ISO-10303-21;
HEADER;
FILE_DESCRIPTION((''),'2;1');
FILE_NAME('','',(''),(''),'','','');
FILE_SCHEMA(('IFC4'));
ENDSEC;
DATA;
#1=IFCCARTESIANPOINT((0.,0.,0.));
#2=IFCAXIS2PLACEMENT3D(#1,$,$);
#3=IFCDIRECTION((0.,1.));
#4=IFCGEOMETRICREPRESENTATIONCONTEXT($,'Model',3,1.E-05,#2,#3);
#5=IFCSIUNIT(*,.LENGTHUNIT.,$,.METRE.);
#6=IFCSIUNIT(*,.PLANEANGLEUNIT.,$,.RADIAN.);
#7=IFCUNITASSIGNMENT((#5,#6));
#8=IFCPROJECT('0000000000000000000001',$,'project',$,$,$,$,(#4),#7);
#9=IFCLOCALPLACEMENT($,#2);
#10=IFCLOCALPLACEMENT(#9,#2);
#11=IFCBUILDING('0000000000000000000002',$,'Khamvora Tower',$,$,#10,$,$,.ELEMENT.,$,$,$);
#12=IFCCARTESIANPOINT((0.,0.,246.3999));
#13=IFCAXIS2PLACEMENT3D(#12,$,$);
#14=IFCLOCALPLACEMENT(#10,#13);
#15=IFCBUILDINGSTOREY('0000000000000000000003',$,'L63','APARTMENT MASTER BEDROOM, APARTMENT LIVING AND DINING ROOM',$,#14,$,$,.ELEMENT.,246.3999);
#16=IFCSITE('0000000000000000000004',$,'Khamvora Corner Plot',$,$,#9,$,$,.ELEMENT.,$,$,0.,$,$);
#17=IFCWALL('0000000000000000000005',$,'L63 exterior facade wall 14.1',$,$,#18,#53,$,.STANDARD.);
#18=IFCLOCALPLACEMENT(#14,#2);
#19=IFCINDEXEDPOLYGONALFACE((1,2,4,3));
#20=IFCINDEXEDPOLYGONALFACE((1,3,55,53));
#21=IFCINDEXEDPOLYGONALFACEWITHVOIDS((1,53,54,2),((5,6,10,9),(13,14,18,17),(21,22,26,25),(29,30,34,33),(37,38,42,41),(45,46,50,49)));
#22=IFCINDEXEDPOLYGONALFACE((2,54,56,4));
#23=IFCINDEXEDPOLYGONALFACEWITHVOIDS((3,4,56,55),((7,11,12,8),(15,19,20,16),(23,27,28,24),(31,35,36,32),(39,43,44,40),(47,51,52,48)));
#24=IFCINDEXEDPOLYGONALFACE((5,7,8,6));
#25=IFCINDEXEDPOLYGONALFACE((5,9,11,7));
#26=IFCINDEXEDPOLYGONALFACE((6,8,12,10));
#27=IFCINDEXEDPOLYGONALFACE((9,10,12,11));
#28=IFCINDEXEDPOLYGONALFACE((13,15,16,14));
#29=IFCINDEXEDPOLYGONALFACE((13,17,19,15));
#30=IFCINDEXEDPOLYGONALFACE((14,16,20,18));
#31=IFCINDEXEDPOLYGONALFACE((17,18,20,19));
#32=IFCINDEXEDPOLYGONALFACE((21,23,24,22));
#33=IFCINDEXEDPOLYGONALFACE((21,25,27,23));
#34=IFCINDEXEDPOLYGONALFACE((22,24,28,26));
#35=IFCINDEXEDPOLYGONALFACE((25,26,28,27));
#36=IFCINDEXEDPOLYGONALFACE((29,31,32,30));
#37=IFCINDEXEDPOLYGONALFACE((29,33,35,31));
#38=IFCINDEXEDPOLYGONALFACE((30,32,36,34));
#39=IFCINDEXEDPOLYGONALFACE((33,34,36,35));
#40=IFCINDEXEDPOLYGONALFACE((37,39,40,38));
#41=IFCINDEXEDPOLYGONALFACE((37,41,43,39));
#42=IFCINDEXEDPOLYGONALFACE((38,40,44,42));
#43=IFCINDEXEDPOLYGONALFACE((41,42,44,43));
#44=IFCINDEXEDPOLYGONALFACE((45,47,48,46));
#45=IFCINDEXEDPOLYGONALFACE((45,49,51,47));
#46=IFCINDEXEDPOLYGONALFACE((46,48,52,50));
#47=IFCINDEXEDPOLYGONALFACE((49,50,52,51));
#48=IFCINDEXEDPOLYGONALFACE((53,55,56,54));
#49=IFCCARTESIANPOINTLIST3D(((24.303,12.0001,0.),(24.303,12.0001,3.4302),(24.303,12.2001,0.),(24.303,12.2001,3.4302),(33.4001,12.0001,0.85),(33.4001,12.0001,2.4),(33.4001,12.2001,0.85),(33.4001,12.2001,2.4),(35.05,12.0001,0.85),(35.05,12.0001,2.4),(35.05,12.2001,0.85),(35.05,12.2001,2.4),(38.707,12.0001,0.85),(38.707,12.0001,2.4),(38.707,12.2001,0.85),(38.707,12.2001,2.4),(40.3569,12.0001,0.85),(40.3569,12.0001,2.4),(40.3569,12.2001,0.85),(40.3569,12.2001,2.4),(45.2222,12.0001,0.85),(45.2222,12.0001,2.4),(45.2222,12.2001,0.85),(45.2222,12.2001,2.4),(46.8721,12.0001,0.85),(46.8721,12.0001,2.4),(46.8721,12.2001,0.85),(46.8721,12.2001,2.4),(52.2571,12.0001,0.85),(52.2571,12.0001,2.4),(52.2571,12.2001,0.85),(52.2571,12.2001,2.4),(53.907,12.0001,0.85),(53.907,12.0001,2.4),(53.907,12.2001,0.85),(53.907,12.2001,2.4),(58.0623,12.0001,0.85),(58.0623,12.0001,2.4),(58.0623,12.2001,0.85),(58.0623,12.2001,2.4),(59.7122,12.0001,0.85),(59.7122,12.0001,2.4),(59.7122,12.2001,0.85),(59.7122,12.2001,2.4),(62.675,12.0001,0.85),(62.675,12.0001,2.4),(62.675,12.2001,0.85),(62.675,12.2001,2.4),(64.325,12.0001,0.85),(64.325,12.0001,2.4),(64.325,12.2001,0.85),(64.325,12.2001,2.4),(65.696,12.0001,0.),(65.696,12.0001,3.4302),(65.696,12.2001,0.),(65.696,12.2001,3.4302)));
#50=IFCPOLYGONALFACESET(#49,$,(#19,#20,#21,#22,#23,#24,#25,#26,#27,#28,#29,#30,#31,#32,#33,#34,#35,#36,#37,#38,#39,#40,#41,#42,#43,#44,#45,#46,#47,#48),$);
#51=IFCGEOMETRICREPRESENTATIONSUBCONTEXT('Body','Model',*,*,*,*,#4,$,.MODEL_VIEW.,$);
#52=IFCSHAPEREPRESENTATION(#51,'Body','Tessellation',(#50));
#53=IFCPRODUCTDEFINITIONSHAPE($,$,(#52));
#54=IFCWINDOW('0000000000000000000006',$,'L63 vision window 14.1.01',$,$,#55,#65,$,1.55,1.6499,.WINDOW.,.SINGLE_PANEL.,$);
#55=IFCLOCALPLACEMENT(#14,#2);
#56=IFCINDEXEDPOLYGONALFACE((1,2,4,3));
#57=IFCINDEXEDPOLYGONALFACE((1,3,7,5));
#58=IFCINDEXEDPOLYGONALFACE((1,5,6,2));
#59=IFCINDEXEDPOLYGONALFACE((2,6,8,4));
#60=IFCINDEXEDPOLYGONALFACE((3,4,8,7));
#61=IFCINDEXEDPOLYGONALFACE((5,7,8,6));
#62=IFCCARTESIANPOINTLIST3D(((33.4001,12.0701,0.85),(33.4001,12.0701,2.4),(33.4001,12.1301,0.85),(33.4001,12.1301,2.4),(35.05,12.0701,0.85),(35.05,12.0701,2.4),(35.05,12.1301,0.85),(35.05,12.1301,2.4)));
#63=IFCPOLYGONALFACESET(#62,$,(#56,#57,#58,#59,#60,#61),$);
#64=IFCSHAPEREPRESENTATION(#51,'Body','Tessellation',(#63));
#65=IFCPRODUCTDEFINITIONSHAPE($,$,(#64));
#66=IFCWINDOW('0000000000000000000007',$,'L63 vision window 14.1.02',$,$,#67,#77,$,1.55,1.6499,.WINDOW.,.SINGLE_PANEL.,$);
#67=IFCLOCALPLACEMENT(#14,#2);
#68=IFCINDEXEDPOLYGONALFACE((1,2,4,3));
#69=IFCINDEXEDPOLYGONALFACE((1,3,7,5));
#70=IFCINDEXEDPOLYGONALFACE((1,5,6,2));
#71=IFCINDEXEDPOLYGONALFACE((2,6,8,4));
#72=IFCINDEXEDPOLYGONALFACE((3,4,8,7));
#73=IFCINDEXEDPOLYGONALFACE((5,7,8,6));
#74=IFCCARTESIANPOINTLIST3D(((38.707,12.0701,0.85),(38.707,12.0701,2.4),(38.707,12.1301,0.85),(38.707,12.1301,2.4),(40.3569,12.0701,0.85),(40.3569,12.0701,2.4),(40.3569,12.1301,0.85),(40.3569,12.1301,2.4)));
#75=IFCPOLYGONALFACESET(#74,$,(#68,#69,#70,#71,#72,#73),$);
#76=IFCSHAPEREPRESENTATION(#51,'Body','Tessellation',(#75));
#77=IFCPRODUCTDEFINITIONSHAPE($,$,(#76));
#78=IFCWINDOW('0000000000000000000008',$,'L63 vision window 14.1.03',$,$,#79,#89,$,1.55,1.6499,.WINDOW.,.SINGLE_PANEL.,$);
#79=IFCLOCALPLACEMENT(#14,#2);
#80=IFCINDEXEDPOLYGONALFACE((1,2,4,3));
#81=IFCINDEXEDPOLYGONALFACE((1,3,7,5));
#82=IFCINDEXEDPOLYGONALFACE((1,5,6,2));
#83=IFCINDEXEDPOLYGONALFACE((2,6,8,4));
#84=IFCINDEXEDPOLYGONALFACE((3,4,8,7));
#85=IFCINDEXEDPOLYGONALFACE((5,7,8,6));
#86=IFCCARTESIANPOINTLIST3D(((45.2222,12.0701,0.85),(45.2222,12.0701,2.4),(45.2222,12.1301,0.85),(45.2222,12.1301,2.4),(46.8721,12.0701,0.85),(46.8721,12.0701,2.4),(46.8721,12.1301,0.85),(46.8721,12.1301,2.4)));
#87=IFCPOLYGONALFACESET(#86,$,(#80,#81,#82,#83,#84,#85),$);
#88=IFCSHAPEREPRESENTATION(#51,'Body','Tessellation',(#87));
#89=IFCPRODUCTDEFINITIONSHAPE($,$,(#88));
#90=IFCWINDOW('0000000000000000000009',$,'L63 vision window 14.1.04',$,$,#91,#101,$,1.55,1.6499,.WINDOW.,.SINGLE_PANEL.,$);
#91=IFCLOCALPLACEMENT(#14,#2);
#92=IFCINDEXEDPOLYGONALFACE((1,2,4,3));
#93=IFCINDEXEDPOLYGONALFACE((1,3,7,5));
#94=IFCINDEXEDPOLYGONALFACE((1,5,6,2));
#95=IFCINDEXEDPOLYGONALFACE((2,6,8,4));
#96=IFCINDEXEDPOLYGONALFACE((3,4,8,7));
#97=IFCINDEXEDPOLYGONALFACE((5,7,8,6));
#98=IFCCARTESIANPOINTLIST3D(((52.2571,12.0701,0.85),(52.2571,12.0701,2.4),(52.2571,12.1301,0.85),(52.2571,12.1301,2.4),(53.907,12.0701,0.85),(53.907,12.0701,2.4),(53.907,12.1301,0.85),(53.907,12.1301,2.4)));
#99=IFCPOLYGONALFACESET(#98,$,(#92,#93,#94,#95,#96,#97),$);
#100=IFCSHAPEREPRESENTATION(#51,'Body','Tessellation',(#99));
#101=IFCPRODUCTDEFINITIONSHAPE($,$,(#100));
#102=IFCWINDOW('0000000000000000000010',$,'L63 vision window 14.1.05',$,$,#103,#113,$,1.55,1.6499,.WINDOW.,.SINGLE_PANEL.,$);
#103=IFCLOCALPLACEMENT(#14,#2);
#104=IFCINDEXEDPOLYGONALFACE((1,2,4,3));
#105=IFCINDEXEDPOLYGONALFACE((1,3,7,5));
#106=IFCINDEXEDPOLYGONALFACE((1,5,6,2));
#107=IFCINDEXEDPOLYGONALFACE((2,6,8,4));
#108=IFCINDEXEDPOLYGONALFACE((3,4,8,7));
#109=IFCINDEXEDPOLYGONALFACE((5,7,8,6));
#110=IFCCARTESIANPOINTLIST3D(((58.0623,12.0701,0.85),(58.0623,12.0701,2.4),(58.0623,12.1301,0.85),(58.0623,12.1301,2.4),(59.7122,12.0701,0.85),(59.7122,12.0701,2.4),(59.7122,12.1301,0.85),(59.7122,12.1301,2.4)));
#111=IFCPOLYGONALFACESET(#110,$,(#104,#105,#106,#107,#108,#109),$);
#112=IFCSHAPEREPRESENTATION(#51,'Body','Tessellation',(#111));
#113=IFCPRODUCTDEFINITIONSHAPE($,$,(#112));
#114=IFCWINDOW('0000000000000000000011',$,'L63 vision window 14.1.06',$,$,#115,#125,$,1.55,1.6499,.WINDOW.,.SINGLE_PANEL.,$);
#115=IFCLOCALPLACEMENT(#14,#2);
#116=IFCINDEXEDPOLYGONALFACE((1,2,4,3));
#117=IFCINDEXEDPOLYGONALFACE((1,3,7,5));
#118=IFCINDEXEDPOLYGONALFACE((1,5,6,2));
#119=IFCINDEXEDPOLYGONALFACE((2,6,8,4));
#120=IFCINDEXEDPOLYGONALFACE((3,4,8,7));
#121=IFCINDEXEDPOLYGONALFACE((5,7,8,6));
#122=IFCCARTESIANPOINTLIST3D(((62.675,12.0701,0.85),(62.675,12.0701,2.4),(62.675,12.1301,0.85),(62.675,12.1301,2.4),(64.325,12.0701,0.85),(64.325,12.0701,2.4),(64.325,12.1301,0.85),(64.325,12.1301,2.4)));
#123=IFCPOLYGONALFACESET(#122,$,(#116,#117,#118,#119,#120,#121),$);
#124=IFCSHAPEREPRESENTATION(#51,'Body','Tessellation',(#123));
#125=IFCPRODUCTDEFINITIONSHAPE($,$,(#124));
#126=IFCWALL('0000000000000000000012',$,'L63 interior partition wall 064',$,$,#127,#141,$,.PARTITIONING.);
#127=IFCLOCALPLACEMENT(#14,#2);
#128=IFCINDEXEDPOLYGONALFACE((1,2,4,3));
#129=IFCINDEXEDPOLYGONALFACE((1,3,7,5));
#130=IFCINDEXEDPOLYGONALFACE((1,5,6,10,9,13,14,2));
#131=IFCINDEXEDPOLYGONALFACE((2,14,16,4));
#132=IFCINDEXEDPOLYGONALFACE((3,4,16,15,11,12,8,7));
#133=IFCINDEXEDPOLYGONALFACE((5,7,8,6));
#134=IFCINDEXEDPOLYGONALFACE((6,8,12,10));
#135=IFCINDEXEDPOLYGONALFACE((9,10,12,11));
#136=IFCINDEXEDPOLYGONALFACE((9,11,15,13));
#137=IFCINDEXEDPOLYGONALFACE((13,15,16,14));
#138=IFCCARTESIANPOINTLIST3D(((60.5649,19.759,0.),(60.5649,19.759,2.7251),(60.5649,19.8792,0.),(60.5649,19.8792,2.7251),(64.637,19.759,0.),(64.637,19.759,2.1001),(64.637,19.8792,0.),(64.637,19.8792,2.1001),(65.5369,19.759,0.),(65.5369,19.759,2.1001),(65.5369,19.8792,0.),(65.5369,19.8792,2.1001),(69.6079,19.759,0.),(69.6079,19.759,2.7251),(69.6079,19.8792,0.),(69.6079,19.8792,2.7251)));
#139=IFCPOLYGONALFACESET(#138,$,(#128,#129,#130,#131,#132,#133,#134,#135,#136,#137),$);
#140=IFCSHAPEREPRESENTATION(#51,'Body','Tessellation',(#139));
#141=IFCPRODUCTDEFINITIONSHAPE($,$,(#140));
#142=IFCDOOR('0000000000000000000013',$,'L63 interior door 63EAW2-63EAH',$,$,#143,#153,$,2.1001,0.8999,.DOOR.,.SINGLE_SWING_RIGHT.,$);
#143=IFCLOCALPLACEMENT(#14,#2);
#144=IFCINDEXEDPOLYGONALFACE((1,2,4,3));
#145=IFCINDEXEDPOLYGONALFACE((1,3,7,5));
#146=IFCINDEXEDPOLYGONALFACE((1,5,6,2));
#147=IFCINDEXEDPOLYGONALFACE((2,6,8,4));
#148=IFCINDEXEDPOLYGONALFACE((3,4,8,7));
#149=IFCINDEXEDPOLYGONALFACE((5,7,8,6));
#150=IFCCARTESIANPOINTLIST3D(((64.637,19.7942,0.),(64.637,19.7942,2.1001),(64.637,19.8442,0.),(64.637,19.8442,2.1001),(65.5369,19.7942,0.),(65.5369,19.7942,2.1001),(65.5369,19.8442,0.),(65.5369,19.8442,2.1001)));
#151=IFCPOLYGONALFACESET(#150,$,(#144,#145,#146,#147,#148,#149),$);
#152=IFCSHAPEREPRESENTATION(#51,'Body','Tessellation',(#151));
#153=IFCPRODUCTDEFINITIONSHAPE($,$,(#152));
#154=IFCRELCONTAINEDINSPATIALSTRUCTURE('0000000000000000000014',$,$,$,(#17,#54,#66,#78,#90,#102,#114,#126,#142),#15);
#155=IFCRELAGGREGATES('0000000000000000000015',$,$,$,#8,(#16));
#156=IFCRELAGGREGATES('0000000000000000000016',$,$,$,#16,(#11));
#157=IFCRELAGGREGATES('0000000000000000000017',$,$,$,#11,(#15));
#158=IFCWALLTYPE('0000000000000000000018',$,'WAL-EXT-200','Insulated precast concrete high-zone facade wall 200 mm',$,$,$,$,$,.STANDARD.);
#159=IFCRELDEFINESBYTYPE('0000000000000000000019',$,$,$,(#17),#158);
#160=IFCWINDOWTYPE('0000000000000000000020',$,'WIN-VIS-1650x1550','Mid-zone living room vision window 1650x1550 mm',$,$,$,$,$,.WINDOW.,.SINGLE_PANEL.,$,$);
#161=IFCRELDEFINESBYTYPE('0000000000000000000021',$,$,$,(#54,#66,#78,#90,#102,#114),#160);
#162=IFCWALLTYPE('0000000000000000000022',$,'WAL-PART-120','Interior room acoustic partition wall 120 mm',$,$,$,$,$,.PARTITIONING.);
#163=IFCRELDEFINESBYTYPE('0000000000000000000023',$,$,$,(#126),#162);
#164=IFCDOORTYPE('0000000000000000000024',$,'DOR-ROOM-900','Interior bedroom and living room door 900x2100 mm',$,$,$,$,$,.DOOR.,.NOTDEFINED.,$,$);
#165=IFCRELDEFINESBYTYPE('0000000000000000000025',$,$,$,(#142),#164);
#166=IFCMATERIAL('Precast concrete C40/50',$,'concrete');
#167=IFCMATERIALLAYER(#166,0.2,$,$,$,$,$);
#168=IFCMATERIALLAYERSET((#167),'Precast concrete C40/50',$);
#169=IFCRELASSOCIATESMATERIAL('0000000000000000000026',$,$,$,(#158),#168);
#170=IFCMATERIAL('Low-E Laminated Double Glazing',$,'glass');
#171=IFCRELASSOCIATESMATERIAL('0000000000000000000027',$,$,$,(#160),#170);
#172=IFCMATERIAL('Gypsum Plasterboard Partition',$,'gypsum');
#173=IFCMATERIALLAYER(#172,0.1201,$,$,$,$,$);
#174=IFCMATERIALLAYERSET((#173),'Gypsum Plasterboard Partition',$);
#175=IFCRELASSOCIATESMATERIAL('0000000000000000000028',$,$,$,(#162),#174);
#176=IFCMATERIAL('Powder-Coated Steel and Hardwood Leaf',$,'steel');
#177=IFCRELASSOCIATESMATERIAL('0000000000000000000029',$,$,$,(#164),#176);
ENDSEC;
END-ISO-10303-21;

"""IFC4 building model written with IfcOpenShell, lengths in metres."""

from ifc_helpers import new_model, si_unit, direction, frame, frame_2d, origin, place, context, subcontext, project, spatial, rectangle, extrude, material, layer, layer_set, type_object, element, fill, save


model = new_model("IFC4")

# Units and contexts
model_context = context("Model", 3, precision=1e-05, world=origin(), true_north=direction((0.0, 1.0)))
body_context = subcontext(model_context, "Body", "Model", "MODEL_VIEW")
ifc_project = project(units=[si_unit("LENGTHUNIT", "METRE"), si_unit("PLANEANGLEUNIT", "RADIAN")], contexts=[model_context])

# Site, building, storey
site_placement = place(None, origin())
site = spatial("IfcSite", under=ifc_project, at=site_placement, Name="Khamvora Corner Plot", CompositionType="ELEMENT", RefElevation=0.0)
building_placement = place(site_placement, origin())
building = spatial("IfcBuilding", under=site, at=building_placement, Name="Khamvora Tower", CompositionType="ELEMENT")
storey_placement = place(building_placement, frame((0.0, 0.0, 246.3999)))
storey = spatial("IfcBuildingStorey", under=building, at=storey_placement, Name="L63", Description="APARTMENT MASTER BEDROOM, APARTMENT LIVING AND DINING ROOM", CompositionType="ELEMENT", Elevation=246.3999)

# Shared definitions
ifc_material_1 = material(Name="Precast concrete C40/50", Category="concrete")
ifc_layer_1 = layer(ifc_material_1, 0.2)
ifc_layer_set_1 = layer_set([ifc_layer_1], Name="Precast concrete C40/50")
wall_type_1 = type_object("IfcWallType", Name="WAL-EXT-200", Description="Insulated precast concrete high-zone facade wall 200 mm", PredefinedType="STANDARD", material=ifc_layer_set_1)
ifc_material_2 = material(Name="Low-E Laminated Double Glazing", Category="glass")
window_type_1 = type_object("IfcWindowType", Name="WIN-VIS-1650x1550", Description="Mid-zone living room vision window 1650x1550 mm", PartitioningType="SINGLE_PANEL", PredefinedType="WINDOW", material=ifc_material_2)

# Wall, openings, windows
wall_1_placement = place(storey_placement, frame((65.696, 12.1001, 0.0), z_axis=(0.0, 0.0, 1.0), x_axis=(-1.0, 0.0, 0.0)))
wall_1 = element("IfcWall", 1, at=wall_1_placement, inside=storey, type_object=wall_type_1, Name="L63 exterior facade wall 14.1", PredefinedType="STANDARD", context=body_context, shape_type="SweptSolid", body=[
    extrude(rectangle(XDim=41.3931, YDim=0.2, at=frame_2d((20.6965, 0.0))), origin(), (0.0, 0.0, 1.0), 3.4302),
])
opening_1_placement = place(wall_1_placement, frame((30.646, 0.0, 0.8501)))
opening_1 = element("IfcOpeningElement", 2, at=opening_1_placement, cuts=wall_1, PredefinedType="OPENING", context=body_context, shape_type="SweptSolid", body=[
    extrude(rectangle(XDim=1.6499, YDim=1.55, at=frame_2d((0.825, 0.7749))), frame((0.0, 0.1099, 0.0), z_axis=(0.0, -1.0, 0.0), x_axis=(1.0, 0.0, 0.0)), (0.0, 0.0, 1.0), 0.22),
])
opening_2_placement = place(wall_1_placement, frame((25.3391, 0.0, 0.8501)))
opening_2 = element("IfcOpeningElement", 3, at=opening_2_placement, cuts=wall_1, PredefinedType="OPENING", context=body_context, shape_type="SweptSolid", body=[
    extrude(rectangle(XDim=1.6499, YDim=1.55, at=frame_2d((0.825, 0.7749))), frame((0.0, 0.1099, 0.0), z_axis=(0.0, -1.0, 0.0), x_axis=(1.0, 0.0, 0.0)), (0.0, 0.0, 1.0), 0.22),
])
opening_3_placement = place(wall_1_placement, frame((18.824, 0.0, 0.8501)))
opening_3 = element("IfcOpeningElement", 4, at=opening_3_placement, cuts=wall_1, PredefinedType="OPENING", context=body_context, shape_type="SweptSolid", body=[
    extrude(rectangle(XDim=1.6499, YDim=1.55, at=frame_2d((0.825, 0.7749))), frame((0.0, 0.1099, 0.0), z_axis=(0.0, -1.0, 0.0), x_axis=(1.0, 0.0, 0.0)), (0.0, 0.0, 1.0), 0.22),
])
opening_4_placement = place(wall_1_placement, frame((11.7891, 0.0, 0.8501)))
opening_4 = element("IfcOpeningElement", 5, at=opening_4_placement, cuts=wall_1, PredefinedType="OPENING", context=body_context, shape_type="SweptSolid", body=[
    extrude(rectangle(XDim=1.6499, YDim=1.55, at=frame_2d((0.825, 0.7749))), frame((0.0, 0.1099, 0.0), z_axis=(0.0, -1.0, 0.0), x_axis=(1.0, 0.0, 0.0)), (0.0, 0.0, 1.0), 0.22),
])
opening_5_placement = place(wall_1_placement, frame((5.9839, 0.0, 0.8501)))
opening_5 = element("IfcOpeningElement", 6, at=opening_5_placement, cuts=wall_1, PredefinedType="OPENING", context=body_context, shape_type="SweptSolid", body=[
    extrude(rectangle(XDim=1.6499, YDim=1.55, at=frame_2d((0.825, 0.7749))), frame((0.0, 0.1099, 0.0), z_axis=(0.0, -1.0, 0.0), x_axis=(1.0, 0.0, 0.0)), (0.0, 0.0, 1.0), 0.22),
])
opening_6_placement = place(wall_1_placement, frame((1.3711, 0.0, 0.8501)))
opening_6 = element("IfcOpeningElement", 7, at=opening_6_placement, cuts=wall_1, PredefinedType="OPENING", context=body_context, shape_type="SweptSolid", body=[
    extrude(rectangle(XDim=1.6499, YDim=1.55, at=frame_2d((0.825, 0.7749))), frame((0.0, 0.1099, 0.0), z_axis=(0.0, -1.0, 0.0), x_axis=(1.0, 0.0, 0.0)), (0.0, 0.0, 1.0), 0.22),
])
window_1_placement = place(opening_1_placement, origin())
window_1 = element("IfcWindow", 8, at=window_1_placement, inside=storey, type_object=window_type_1, Name="L63 vision window 14.1.01", OverallHeight=1.55, OverallWidth=1.6499, PartitioningType="SINGLE_PANEL", PredefinedType="WINDOW", context=body_context, shape_type="SweptSolid", body=[
    extrude(rectangle(XDim=1.6499, YDim=1.55, at=frame_2d((0.825, 0.7749))), frame((0.0, 0.03, 0.0), z_axis=(0.0, -1.0, 0.0), x_axis=(1.0, 0.0, 0.0)), (0.0, 0.0, 1.0), 0.0601),
])
fill(opening_1, window_1)
window_2_placement = place(opening_2_placement, origin())
window_2 = element("IfcWindow", 9, at=window_2_placement, inside=storey, type_object=window_type_1, Name="L63 vision window 14.1.02", OverallHeight=1.55, OverallWidth=1.6499, PartitioningType="SINGLE_PANEL", PredefinedType="WINDOW", context=body_context, shape_type="SweptSolid", body=[
    extrude(rectangle(XDim=1.6499, YDim=1.55, at=frame_2d((0.825, 0.7749))), frame((0.0, 0.03, 0.0), z_axis=(0.0, -1.0, 0.0), x_axis=(1.0, 0.0, 0.0)), (0.0, 0.0, 1.0), 0.0601),
])
fill(opening_2, window_2)
window_3_placement = place(opening_3_placement, origin())
window_3 = element("IfcWindow", 10, at=window_3_placement, inside=storey, type_object=window_type_1, Name="L63 vision window 14.1.03", OverallHeight=1.55, OverallWidth=1.6499, PartitioningType="SINGLE_PANEL", PredefinedType="WINDOW", context=body_context, shape_type="SweptSolid", body=[
    extrude(rectangle(XDim=1.6499, YDim=1.55, at=frame_2d((0.825, 0.7749))), frame((0.0, 0.03, 0.0), z_axis=(0.0, -1.0, 0.0), x_axis=(1.0, 0.0, 0.0)), (0.0, 0.0, 1.0), 0.0601),
])
fill(opening_3, window_3)
window_4_placement = place(opening_4_placement, origin())
window_4 = element("IfcWindow", 11, at=window_4_placement, inside=storey, type_object=window_type_1, Name="L63 vision window 14.1.04", OverallHeight=1.55, OverallWidth=1.6499, PartitioningType="SINGLE_PANEL", PredefinedType="WINDOW", context=body_context, shape_type="SweptSolid", body=[
    extrude(rectangle(XDim=1.6499, YDim=1.55, at=frame_2d((0.825, 0.7749))), frame((0.0, 0.03, 0.0), z_axis=(0.0, -1.0, 0.0), x_axis=(1.0, 0.0, 0.0)), (0.0, 0.0, 1.0), 0.0601),
])
fill(opening_4, window_4)
window_5_placement = place(opening_5_placement, origin())
window_5 = element("IfcWindow", 12, at=window_5_placement, inside=storey, type_object=window_type_1, Name="L63 vision window 14.1.05", OverallHeight=1.55, OverallWidth=1.6499, PartitioningType="SINGLE_PANEL", PredefinedType="WINDOW", context=body_context, shape_type="SweptSolid", body=[
    extrude(rectangle(XDim=1.6499, YDim=1.55, at=frame_2d((0.825, 0.7749))), frame((0.0, 0.03, 0.0), z_axis=(0.0, -1.0, 0.0), x_axis=(1.0, 0.0, 0.0)), (0.0, 0.0, 1.0), 0.0601),
])
fill(opening_5, window_5)
window_6_placement = place(opening_6_placement, origin())
window_6 = element("IfcWindow", 13, at=window_6_placement, inside=storey, type_object=window_type_1, Name="L63 vision window 14.1.06", OverallHeight=1.55, OverallWidth=1.6499, PartitioningType="SINGLE_PANEL", PredefinedType="WINDOW", context=body_context, shape_type="SweptSolid", body=[
    extrude(rectangle(XDim=1.6499, YDim=1.55, at=frame_2d((0.825, 0.7749))), frame((0.0, 0.03, 0.0), z_axis=(0.0, -1.0, 0.0), x_axis=(1.0, 0.0, 0.0)), (0.0, 0.0, 1.0), 0.0601),
])
fill(opening_6, window_6)

# Wall, opening, door
ifc_material_3 = material(Name="Gypsum Plasterboard Partition", Category="gypsum")
ifc_layer_2 = layer(ifc_material_3, 0.1201)
ifc_layer_set_2 = layer_set([ifc_layer_2], Name="Gypsum Plasterboard Partition")
wall_type_2 = type_object("IfcWallType", Name="WAL-PART-120", Description="Interior room acoustic partition wall 120 mm", PredefinedType="PARTITIONING", material=ifc_layer_set_2)
wall_2_placement = place(storey_placement, frame((69.6079, 19.8191, 0.0), z_axis=(0.0, 0.0, 1.0), x_axis=(-1.0, 0.0, 0.0)))
wall_2 = element("IfcWall", 14, at=wall_2_placement, inside=storey, type_object=wall_type_2, Name="L63 interior partition wall 064", PredefinedType="PARTITIONING", context=body_context, shape_type="SweptSolid", body=[
    extrude(rectangle(XDim=9.043, YDim=0.1201, at=frame_2d((4.5215, 0.0))), origin(), (0.0, 0.0, 1.0), 2.7251),
])
opening_7_placement = place(wall_2_placement, frame((4.071, 0.0, 0.0)))
opening_7 = element("IfcOpeningElement", 15, at=opening_7_placement, cuts=wall_2, PredefinedType="OPENING", context=body_context, shape_type="SweptSolid", body=[
    extrude(rectangle(XDim=0.8999, YDim=2.1001, at=frame_2d((0.45, 1.05))), frame((0.0, 0.0701, 0.0), z_axis=(0.0, -1.0, 0.0), x_axis=(1.0, 0.0, 0.0)), (0.0, 0.0, 1.0), 0.1401),
])
ifc_material_4 = material(Name="Powder-Coated Steel and Hardwood Leaf", Category="steel")
door_type = type_object("IfcDoorType", Name="DOR-ROOM-900", Description="Interior bedroom and living room door 900x2100 mm", OperationType="NOTDEFINED", PredefinedType="DOOR", material=ifc_material_4)
door_1_placement = place(opening_7_placement, origin())
door_1 = element("IfcDoor", 16, at=door_1_placement, inside=storey, type_object=door_type, Name="L63 interior door 63EAW2-63EAH", OperationType="SINGLE_SWING_RIGHT", OverallHeight=2.1001, OverallWidth=0.8999, PredefinedType="DOOR", context=body_context, shape_type="SweptSolid", body=[
    extrude(rectangle(XDim=0.8999, YDim=2.1001, at=frame_2d((0.45, 1.05))), frame((0.0, 0.0249, 0.0), z_axis=(0.0, -1.0, 0.0), x_axis=(1.0, 0.0, 0.0)), (0.0, 0.0, 1.0), 0.05),
])
fill(opening_7, door_1)

save(model, "model.ifc")
